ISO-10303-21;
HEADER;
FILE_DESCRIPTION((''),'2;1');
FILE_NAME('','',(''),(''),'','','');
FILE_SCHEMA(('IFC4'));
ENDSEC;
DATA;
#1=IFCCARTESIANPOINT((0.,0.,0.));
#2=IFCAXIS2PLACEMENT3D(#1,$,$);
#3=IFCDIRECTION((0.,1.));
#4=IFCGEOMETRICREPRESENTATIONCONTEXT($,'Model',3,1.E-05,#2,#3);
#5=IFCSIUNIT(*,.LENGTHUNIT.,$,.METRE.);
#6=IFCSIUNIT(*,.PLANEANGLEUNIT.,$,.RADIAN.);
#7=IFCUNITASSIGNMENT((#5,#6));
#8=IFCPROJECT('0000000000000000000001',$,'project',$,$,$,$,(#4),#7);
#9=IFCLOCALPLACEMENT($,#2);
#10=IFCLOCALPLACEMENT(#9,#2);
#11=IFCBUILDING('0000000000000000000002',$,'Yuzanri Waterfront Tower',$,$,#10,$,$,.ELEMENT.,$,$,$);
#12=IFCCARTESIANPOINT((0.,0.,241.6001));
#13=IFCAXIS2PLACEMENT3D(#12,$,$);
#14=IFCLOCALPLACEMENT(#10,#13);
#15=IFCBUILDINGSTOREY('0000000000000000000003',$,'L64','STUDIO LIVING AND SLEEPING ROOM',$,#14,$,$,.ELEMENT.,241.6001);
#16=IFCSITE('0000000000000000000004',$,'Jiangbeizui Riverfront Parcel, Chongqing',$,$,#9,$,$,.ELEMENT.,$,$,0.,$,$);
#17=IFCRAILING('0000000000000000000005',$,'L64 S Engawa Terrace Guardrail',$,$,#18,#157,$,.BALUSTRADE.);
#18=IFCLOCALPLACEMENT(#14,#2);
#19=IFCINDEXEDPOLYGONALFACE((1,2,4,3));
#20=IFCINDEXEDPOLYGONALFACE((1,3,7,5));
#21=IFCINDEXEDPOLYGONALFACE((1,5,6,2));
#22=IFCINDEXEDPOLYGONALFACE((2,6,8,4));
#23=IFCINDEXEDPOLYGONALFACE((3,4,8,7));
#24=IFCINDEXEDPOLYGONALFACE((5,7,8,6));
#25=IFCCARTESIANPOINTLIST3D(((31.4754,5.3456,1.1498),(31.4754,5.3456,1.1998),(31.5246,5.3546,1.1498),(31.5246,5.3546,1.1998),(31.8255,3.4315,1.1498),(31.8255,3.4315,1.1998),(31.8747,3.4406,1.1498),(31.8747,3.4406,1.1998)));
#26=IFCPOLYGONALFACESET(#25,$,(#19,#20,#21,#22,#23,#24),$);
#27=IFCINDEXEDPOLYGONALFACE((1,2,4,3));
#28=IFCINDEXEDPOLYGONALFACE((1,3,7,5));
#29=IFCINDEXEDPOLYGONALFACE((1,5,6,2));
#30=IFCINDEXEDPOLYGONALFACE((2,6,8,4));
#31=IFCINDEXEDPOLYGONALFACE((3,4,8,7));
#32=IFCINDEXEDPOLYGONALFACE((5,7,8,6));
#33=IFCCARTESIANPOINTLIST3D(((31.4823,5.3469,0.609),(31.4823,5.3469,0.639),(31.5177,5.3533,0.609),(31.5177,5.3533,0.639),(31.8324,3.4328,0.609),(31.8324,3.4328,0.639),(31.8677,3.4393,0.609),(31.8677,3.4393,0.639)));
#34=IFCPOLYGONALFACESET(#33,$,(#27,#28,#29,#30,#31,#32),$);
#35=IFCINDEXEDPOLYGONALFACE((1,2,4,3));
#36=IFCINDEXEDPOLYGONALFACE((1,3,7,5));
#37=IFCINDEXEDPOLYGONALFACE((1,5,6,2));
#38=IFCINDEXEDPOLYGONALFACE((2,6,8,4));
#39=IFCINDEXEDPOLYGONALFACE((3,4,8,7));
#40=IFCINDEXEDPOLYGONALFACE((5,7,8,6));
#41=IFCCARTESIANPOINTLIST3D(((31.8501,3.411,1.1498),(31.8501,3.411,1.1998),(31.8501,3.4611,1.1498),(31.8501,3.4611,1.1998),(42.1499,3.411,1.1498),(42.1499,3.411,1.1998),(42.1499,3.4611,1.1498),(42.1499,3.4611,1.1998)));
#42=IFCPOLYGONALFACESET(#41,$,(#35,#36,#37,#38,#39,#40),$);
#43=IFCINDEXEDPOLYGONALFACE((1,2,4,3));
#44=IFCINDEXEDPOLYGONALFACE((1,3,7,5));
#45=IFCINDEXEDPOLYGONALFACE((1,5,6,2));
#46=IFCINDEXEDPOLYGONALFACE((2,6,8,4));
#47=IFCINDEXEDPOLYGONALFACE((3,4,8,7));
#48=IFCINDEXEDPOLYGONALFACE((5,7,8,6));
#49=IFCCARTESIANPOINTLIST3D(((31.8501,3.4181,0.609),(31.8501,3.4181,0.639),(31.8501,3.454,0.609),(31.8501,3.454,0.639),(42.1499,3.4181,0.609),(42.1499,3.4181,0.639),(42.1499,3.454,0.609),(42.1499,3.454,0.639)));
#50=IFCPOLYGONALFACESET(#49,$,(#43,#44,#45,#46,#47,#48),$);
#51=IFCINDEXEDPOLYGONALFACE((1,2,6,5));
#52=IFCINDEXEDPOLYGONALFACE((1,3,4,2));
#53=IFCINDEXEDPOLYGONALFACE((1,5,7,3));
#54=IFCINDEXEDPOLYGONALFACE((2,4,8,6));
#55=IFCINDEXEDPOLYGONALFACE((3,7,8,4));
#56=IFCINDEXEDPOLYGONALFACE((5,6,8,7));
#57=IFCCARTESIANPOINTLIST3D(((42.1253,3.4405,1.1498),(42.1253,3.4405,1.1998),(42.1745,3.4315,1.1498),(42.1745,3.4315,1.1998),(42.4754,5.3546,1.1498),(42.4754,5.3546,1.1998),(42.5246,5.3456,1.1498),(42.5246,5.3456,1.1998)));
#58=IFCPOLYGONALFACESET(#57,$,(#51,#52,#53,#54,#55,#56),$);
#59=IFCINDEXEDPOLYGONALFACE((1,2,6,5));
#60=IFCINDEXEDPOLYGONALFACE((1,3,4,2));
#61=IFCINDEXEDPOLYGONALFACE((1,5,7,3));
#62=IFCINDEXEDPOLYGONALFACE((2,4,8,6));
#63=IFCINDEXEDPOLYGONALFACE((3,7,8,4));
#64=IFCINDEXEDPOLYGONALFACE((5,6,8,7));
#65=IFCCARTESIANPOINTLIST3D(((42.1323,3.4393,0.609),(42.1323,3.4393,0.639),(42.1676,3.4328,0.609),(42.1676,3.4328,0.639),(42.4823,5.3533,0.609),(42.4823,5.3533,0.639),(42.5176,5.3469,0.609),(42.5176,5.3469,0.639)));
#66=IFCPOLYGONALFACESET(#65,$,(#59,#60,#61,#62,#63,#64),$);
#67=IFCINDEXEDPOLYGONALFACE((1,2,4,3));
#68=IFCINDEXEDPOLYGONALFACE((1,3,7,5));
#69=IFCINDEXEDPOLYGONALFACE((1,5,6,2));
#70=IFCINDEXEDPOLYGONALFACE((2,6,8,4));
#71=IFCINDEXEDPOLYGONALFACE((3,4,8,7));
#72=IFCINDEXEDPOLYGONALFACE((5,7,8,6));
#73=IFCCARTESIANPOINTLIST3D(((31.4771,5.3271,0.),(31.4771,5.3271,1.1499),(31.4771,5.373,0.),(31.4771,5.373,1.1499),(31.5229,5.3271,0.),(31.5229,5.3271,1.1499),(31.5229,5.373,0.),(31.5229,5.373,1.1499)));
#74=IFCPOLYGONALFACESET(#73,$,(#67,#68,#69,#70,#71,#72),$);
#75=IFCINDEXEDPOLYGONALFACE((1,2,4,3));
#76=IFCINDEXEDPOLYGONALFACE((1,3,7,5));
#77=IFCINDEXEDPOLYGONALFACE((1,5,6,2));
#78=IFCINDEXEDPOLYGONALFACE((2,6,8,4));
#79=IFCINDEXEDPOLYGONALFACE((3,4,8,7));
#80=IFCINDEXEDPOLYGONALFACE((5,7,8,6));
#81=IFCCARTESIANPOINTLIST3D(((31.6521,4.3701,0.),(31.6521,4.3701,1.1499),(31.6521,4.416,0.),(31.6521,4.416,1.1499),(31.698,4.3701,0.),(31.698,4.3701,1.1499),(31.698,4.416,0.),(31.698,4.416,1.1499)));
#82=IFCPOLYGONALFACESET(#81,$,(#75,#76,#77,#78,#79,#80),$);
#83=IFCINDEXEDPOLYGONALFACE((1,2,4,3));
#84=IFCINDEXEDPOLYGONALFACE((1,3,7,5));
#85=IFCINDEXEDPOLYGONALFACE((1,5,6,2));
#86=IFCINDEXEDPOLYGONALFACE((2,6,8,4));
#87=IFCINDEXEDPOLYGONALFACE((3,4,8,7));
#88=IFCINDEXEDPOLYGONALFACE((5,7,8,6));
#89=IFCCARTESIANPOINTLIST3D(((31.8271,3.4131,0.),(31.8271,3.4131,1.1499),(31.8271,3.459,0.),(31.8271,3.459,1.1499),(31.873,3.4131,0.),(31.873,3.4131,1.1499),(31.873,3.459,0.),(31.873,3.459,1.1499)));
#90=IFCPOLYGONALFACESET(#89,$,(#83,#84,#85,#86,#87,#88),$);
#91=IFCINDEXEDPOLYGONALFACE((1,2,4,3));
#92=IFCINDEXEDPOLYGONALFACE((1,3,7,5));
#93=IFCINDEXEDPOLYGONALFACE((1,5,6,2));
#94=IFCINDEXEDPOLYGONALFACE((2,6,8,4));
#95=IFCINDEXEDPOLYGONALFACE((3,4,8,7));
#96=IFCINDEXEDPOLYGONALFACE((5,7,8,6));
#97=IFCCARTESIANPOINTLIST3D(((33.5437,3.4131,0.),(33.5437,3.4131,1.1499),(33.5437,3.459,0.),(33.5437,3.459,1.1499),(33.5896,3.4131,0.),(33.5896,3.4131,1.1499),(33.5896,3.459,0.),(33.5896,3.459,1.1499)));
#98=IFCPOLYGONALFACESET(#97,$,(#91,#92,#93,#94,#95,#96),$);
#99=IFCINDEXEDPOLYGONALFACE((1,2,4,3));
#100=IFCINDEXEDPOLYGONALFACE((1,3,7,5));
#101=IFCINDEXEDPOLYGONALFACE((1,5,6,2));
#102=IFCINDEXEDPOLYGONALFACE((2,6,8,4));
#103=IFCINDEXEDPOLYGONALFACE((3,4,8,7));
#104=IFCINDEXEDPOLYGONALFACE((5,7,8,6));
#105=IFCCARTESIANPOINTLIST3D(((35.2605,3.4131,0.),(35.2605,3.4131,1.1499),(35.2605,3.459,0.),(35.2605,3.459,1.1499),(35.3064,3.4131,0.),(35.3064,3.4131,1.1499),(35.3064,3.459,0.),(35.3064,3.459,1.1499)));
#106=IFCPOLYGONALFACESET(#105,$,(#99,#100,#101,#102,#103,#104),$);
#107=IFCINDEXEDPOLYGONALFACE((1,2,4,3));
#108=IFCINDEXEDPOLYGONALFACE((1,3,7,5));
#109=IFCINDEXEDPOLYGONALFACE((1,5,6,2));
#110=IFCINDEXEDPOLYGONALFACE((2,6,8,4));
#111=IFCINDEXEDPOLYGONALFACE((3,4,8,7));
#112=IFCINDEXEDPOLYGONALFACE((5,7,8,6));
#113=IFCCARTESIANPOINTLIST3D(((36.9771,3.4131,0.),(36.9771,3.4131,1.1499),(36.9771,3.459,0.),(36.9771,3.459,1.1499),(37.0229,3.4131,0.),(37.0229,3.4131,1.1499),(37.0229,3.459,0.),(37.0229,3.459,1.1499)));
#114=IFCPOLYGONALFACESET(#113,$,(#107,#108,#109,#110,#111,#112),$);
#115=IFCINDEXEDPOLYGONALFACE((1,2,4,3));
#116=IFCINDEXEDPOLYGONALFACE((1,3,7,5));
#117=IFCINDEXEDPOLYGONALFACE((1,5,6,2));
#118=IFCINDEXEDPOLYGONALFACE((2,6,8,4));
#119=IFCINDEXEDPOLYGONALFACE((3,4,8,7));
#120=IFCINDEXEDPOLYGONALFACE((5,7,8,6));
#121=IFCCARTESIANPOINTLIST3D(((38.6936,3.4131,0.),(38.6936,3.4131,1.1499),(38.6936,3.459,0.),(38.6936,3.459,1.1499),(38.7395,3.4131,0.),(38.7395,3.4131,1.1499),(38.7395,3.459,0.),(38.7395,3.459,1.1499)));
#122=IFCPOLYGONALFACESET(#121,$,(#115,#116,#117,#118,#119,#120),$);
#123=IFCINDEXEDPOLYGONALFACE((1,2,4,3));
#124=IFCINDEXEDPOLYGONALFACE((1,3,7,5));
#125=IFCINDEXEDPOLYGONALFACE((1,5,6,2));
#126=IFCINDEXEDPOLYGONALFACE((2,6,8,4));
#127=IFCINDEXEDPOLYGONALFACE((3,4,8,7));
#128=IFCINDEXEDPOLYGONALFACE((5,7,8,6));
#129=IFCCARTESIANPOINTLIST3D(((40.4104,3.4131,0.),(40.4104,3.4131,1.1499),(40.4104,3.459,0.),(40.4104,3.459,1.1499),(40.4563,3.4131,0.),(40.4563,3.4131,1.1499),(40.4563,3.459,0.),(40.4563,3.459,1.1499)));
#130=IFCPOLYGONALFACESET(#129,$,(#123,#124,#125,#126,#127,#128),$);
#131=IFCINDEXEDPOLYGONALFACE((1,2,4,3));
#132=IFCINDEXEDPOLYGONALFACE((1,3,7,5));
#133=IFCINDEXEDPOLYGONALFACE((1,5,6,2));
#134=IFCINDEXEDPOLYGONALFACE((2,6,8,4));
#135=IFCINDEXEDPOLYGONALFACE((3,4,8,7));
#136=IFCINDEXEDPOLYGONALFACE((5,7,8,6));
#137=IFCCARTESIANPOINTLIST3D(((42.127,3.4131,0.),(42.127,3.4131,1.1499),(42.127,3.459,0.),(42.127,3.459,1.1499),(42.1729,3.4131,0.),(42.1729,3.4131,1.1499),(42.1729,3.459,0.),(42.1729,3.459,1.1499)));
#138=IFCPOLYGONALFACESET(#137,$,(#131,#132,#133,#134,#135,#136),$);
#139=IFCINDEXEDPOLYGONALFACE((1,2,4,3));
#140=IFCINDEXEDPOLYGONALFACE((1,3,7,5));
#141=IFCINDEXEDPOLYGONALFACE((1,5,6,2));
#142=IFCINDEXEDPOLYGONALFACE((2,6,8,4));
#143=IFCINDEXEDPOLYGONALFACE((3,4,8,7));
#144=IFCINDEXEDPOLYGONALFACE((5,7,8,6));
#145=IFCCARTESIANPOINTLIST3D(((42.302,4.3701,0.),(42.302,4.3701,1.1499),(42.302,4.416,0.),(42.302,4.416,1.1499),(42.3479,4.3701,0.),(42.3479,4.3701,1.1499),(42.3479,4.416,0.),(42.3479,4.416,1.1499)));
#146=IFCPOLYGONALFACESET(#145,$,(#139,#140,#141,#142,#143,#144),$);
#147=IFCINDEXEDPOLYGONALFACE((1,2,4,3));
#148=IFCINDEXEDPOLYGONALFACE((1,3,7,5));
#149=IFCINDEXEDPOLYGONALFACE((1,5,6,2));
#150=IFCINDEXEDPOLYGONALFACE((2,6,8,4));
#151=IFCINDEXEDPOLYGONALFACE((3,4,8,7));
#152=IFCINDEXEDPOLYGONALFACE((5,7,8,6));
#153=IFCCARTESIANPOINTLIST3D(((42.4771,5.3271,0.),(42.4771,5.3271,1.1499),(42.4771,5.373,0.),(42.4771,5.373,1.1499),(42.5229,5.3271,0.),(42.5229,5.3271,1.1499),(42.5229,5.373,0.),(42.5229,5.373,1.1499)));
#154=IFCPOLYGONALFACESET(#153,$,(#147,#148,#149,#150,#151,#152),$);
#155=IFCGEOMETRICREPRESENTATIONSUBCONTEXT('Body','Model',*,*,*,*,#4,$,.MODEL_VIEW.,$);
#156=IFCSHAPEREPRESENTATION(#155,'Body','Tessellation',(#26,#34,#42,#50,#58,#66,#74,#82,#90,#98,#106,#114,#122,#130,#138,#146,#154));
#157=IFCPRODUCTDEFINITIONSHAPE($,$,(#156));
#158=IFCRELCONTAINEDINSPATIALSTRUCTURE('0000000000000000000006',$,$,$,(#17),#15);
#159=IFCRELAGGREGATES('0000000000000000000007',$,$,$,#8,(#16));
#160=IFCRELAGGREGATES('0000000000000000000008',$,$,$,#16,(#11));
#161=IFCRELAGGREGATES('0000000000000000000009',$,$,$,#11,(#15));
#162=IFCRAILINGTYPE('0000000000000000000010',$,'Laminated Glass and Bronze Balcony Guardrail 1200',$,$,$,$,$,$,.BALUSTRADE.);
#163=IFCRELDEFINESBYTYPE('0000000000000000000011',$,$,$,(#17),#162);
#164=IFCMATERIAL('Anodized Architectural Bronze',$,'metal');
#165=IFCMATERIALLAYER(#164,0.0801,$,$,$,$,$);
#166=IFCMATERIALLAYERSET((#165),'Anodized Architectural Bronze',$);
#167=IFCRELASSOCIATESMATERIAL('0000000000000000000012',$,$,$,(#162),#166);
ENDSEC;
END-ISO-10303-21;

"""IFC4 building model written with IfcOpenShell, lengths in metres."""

from ifc_helpers import new_model, si_unit, direction, frame, origin, origin_2d, place, context, subcontext, project, spatial, rectangle, extrude, source, transform, mapped, material, layer, layer_set, type_object, element, save


model = new_model("IFC4")

# Units and contexts
model_context = context("Model", 3, precision=1e-05, world=origin(), true_north=direction((0.0, 1.0)))
body_context = subcontext(model_context, "Body", "Model", "MODEL_VIEW")
ifc_project = project(units=[si_unit("LENGTHUNIT", "METRE"), si_unit("PLANEANGLEUNIT", "RADIAN")], contexts=[model_context])

# Site, building, storey
site_placement = place(None, origin())
site = spatial("IfcSite", under=ifc_project, at=site_placement, Name="Jiangbeizui Riverfront Parcel, Chongqing", CompositionType="ELEMENT", RefElevation=0.0)
building_placement = place(site_placement, origin())
building = spatial("IfcBuilding", under=site, at=building_placement, Name="Yuzanri Waterfront Tower", CompositionType="ELEMENT")
storey_placement = place(building_placement, frame((0.0, 0.0, 241.6001)))
storey = spatial("IfcBuildingStorey", under=building, at=storey_placement, Name="L64", Description="STUDIO LIVING AND SLEEPING ROOM", CompositionType="ELEMENT", Elevation=241.6001)

# Railing
ifc_material_1 = material(Name="Anodized Architectural Bronze", Category="metal")
ifc_layer_1 = layer(ifc_material_1, 0.0801)
ifc_layer_set_1 = layer_set([ifc_layer_1], Name="Anodized Architectural Bronze")
railing_type = type_object("IfcRailingType", Name="Laminated Glass and Bronze Balcony Guardrail 1200", PredefinedType="BALUSTRADE", material=ifc_layer_set_1)
shared_shape_1 = source(origin(), body_context, "Body", "SweptSolid", [
    extrude(rectangle(XDim=0.05, YDim=0.05, at=origin_2d()), frame((0.0, 0.0, 1.1748), z_axis=(0.179923, -0.983681, 0.0), x_axis=(0.983681, 0.179923, 0.0)), (0.0, 0.0, 1.0), 1.9458),
    extrude(rectangle(XDim=0.0359, YDim=0.03, at=origin_2d()), frame((0.0, 0.0, 0.624), z_axis=(0.179923, -0.983681, 0.0), x_axis=(0.983681, 0.179923, 0.0)), (0.0, 0.0, 1.0), 1.9458),
    extrude(rectangle(XDim=0.05, YDim=0.05, at=origin_2d()), frame((0.3501, -1.9141, 1.1748), z_axis=(1.0, 0.0, 0.0), x_axis=(0.0, 1.0, 0.0)), (0.0, 0.0, 1.0), 10.2998),
    extrude(rectangle(XDim=0.0359, YDim=0.03, at=origin_2d()), frame((0.3501, -1.9141, 0.624), z_axis=(1.0, 0.0, 0.0), x_axis=(0.0, 1.0, 0.0)), (0.0, 0.0, 1.0), 10.2998),
    extrude(rectangle(XDim=0.05, YDim=0.05, at=origin_2d()), frame((10.6499, -1.9141, 1.1748), z_axis=(0.179923, 0.983681, 0.0), x_axis=(-0.983681, 0.179923, 0.0)), (0.0, 0.0, 1.0), 1.9458),
    extrude(rectangle(XDim=0.0359, YDim=0.03, at=origin_2d()), frame((10.6499, -1.9141, 0.624), z_axis=(0.179923, 0.983681, 0.0), x_axis=(-0.983681, 0.179923, 0.0)), (0.0, 0.0, 1.0), 1.9458),
    extrude(rectangle(XDim=0.0459, YDim=0.0459, at=origin_2d()), origin(), (0.0, 0.0, 1.0), 1.1499),
    extrude(rectangle(XDim=0.0459, YDim=0.0459, at=origin_2d()), frame((0.175, -0.957, 0.0)), (0.0, 0.0, 1.0), 1.1499),
    extrude(rectangle(XDim=0.0459, YDim=0.0459, at=origin_2d()), frame((0.3501, -1.9141, 0.0)), (0.0, 0.0, 1.0), 1.1499),
    extrude(rectangle(XDim=0.0459, YDim=0.0459, at=origin_2d()), frame((2.0667, -1.9141, 0.0)), (0.0, 0.0, 1.0), 1.1499),
    extrude(rectangle(XDim=0.0459, YDim=0.0459, at=origin_2d()), frame((3.7834, -1.9141, 0.0)), (0.0, 0.0, 1.0), 1.1499),
    extrude(rectangle(XDim=0.0459, YDim=0.0459, at=origin_2d()), frame((5.5, -1.9141, 0.0)), (0.0, 0.0, 1.0), 1.1499),
    extrude(rectangle(XDim=0.0459, YDim=0.0459, at=origin_2d()), frame((7.2166, -1.9141, 0.0)), (0.0, 0.0, 1.0), 1.1499),
    extrude(rectangle(XDim=0.0459, YDim=0.0459, at=origin_2d()), frame((8.9333, -1.9141, 0.0)), (0.0, 0.0, 1.0), 1.1499),
    extrude(rectangle(XDim=0.0459, YDim=0.0459, at=origin_2d()), frame((10.6499, -1.9141, 0.0)), (0.0, 0.0, 1.0), 1.1499),
    extrude(rectangle(XDim=0.0459, YDim=0.0459, at=origin_2d()), frame((10.825, -0.957, 0.0)), (0.0, 0.0, 1.0), 1.1499),
    extrude(rectangle(XDim=0.0459, YDim=0.0459, at=origin_2d()), frame((11.0, 0.0, 0.0)), (0.0, 0.0, 1.0), 1.1499),
])
railing_placement = place(storey_placement, frame((31.5, 5.3501, 0.0)))
element("IfcRailing", 1, at=railing_placement, inside=storey, type_object=railing_type, Name="L64 S Engawa Terrace Guardrail", PredefinedType="BALUSTRADE", context=body_context, shape_type="MappedRepresentation", body=[
    mapped(shared_shape_1, transform((0.0, 0.0, 0.0), scale=1.0)),
])

save(model, "model.ifc")
